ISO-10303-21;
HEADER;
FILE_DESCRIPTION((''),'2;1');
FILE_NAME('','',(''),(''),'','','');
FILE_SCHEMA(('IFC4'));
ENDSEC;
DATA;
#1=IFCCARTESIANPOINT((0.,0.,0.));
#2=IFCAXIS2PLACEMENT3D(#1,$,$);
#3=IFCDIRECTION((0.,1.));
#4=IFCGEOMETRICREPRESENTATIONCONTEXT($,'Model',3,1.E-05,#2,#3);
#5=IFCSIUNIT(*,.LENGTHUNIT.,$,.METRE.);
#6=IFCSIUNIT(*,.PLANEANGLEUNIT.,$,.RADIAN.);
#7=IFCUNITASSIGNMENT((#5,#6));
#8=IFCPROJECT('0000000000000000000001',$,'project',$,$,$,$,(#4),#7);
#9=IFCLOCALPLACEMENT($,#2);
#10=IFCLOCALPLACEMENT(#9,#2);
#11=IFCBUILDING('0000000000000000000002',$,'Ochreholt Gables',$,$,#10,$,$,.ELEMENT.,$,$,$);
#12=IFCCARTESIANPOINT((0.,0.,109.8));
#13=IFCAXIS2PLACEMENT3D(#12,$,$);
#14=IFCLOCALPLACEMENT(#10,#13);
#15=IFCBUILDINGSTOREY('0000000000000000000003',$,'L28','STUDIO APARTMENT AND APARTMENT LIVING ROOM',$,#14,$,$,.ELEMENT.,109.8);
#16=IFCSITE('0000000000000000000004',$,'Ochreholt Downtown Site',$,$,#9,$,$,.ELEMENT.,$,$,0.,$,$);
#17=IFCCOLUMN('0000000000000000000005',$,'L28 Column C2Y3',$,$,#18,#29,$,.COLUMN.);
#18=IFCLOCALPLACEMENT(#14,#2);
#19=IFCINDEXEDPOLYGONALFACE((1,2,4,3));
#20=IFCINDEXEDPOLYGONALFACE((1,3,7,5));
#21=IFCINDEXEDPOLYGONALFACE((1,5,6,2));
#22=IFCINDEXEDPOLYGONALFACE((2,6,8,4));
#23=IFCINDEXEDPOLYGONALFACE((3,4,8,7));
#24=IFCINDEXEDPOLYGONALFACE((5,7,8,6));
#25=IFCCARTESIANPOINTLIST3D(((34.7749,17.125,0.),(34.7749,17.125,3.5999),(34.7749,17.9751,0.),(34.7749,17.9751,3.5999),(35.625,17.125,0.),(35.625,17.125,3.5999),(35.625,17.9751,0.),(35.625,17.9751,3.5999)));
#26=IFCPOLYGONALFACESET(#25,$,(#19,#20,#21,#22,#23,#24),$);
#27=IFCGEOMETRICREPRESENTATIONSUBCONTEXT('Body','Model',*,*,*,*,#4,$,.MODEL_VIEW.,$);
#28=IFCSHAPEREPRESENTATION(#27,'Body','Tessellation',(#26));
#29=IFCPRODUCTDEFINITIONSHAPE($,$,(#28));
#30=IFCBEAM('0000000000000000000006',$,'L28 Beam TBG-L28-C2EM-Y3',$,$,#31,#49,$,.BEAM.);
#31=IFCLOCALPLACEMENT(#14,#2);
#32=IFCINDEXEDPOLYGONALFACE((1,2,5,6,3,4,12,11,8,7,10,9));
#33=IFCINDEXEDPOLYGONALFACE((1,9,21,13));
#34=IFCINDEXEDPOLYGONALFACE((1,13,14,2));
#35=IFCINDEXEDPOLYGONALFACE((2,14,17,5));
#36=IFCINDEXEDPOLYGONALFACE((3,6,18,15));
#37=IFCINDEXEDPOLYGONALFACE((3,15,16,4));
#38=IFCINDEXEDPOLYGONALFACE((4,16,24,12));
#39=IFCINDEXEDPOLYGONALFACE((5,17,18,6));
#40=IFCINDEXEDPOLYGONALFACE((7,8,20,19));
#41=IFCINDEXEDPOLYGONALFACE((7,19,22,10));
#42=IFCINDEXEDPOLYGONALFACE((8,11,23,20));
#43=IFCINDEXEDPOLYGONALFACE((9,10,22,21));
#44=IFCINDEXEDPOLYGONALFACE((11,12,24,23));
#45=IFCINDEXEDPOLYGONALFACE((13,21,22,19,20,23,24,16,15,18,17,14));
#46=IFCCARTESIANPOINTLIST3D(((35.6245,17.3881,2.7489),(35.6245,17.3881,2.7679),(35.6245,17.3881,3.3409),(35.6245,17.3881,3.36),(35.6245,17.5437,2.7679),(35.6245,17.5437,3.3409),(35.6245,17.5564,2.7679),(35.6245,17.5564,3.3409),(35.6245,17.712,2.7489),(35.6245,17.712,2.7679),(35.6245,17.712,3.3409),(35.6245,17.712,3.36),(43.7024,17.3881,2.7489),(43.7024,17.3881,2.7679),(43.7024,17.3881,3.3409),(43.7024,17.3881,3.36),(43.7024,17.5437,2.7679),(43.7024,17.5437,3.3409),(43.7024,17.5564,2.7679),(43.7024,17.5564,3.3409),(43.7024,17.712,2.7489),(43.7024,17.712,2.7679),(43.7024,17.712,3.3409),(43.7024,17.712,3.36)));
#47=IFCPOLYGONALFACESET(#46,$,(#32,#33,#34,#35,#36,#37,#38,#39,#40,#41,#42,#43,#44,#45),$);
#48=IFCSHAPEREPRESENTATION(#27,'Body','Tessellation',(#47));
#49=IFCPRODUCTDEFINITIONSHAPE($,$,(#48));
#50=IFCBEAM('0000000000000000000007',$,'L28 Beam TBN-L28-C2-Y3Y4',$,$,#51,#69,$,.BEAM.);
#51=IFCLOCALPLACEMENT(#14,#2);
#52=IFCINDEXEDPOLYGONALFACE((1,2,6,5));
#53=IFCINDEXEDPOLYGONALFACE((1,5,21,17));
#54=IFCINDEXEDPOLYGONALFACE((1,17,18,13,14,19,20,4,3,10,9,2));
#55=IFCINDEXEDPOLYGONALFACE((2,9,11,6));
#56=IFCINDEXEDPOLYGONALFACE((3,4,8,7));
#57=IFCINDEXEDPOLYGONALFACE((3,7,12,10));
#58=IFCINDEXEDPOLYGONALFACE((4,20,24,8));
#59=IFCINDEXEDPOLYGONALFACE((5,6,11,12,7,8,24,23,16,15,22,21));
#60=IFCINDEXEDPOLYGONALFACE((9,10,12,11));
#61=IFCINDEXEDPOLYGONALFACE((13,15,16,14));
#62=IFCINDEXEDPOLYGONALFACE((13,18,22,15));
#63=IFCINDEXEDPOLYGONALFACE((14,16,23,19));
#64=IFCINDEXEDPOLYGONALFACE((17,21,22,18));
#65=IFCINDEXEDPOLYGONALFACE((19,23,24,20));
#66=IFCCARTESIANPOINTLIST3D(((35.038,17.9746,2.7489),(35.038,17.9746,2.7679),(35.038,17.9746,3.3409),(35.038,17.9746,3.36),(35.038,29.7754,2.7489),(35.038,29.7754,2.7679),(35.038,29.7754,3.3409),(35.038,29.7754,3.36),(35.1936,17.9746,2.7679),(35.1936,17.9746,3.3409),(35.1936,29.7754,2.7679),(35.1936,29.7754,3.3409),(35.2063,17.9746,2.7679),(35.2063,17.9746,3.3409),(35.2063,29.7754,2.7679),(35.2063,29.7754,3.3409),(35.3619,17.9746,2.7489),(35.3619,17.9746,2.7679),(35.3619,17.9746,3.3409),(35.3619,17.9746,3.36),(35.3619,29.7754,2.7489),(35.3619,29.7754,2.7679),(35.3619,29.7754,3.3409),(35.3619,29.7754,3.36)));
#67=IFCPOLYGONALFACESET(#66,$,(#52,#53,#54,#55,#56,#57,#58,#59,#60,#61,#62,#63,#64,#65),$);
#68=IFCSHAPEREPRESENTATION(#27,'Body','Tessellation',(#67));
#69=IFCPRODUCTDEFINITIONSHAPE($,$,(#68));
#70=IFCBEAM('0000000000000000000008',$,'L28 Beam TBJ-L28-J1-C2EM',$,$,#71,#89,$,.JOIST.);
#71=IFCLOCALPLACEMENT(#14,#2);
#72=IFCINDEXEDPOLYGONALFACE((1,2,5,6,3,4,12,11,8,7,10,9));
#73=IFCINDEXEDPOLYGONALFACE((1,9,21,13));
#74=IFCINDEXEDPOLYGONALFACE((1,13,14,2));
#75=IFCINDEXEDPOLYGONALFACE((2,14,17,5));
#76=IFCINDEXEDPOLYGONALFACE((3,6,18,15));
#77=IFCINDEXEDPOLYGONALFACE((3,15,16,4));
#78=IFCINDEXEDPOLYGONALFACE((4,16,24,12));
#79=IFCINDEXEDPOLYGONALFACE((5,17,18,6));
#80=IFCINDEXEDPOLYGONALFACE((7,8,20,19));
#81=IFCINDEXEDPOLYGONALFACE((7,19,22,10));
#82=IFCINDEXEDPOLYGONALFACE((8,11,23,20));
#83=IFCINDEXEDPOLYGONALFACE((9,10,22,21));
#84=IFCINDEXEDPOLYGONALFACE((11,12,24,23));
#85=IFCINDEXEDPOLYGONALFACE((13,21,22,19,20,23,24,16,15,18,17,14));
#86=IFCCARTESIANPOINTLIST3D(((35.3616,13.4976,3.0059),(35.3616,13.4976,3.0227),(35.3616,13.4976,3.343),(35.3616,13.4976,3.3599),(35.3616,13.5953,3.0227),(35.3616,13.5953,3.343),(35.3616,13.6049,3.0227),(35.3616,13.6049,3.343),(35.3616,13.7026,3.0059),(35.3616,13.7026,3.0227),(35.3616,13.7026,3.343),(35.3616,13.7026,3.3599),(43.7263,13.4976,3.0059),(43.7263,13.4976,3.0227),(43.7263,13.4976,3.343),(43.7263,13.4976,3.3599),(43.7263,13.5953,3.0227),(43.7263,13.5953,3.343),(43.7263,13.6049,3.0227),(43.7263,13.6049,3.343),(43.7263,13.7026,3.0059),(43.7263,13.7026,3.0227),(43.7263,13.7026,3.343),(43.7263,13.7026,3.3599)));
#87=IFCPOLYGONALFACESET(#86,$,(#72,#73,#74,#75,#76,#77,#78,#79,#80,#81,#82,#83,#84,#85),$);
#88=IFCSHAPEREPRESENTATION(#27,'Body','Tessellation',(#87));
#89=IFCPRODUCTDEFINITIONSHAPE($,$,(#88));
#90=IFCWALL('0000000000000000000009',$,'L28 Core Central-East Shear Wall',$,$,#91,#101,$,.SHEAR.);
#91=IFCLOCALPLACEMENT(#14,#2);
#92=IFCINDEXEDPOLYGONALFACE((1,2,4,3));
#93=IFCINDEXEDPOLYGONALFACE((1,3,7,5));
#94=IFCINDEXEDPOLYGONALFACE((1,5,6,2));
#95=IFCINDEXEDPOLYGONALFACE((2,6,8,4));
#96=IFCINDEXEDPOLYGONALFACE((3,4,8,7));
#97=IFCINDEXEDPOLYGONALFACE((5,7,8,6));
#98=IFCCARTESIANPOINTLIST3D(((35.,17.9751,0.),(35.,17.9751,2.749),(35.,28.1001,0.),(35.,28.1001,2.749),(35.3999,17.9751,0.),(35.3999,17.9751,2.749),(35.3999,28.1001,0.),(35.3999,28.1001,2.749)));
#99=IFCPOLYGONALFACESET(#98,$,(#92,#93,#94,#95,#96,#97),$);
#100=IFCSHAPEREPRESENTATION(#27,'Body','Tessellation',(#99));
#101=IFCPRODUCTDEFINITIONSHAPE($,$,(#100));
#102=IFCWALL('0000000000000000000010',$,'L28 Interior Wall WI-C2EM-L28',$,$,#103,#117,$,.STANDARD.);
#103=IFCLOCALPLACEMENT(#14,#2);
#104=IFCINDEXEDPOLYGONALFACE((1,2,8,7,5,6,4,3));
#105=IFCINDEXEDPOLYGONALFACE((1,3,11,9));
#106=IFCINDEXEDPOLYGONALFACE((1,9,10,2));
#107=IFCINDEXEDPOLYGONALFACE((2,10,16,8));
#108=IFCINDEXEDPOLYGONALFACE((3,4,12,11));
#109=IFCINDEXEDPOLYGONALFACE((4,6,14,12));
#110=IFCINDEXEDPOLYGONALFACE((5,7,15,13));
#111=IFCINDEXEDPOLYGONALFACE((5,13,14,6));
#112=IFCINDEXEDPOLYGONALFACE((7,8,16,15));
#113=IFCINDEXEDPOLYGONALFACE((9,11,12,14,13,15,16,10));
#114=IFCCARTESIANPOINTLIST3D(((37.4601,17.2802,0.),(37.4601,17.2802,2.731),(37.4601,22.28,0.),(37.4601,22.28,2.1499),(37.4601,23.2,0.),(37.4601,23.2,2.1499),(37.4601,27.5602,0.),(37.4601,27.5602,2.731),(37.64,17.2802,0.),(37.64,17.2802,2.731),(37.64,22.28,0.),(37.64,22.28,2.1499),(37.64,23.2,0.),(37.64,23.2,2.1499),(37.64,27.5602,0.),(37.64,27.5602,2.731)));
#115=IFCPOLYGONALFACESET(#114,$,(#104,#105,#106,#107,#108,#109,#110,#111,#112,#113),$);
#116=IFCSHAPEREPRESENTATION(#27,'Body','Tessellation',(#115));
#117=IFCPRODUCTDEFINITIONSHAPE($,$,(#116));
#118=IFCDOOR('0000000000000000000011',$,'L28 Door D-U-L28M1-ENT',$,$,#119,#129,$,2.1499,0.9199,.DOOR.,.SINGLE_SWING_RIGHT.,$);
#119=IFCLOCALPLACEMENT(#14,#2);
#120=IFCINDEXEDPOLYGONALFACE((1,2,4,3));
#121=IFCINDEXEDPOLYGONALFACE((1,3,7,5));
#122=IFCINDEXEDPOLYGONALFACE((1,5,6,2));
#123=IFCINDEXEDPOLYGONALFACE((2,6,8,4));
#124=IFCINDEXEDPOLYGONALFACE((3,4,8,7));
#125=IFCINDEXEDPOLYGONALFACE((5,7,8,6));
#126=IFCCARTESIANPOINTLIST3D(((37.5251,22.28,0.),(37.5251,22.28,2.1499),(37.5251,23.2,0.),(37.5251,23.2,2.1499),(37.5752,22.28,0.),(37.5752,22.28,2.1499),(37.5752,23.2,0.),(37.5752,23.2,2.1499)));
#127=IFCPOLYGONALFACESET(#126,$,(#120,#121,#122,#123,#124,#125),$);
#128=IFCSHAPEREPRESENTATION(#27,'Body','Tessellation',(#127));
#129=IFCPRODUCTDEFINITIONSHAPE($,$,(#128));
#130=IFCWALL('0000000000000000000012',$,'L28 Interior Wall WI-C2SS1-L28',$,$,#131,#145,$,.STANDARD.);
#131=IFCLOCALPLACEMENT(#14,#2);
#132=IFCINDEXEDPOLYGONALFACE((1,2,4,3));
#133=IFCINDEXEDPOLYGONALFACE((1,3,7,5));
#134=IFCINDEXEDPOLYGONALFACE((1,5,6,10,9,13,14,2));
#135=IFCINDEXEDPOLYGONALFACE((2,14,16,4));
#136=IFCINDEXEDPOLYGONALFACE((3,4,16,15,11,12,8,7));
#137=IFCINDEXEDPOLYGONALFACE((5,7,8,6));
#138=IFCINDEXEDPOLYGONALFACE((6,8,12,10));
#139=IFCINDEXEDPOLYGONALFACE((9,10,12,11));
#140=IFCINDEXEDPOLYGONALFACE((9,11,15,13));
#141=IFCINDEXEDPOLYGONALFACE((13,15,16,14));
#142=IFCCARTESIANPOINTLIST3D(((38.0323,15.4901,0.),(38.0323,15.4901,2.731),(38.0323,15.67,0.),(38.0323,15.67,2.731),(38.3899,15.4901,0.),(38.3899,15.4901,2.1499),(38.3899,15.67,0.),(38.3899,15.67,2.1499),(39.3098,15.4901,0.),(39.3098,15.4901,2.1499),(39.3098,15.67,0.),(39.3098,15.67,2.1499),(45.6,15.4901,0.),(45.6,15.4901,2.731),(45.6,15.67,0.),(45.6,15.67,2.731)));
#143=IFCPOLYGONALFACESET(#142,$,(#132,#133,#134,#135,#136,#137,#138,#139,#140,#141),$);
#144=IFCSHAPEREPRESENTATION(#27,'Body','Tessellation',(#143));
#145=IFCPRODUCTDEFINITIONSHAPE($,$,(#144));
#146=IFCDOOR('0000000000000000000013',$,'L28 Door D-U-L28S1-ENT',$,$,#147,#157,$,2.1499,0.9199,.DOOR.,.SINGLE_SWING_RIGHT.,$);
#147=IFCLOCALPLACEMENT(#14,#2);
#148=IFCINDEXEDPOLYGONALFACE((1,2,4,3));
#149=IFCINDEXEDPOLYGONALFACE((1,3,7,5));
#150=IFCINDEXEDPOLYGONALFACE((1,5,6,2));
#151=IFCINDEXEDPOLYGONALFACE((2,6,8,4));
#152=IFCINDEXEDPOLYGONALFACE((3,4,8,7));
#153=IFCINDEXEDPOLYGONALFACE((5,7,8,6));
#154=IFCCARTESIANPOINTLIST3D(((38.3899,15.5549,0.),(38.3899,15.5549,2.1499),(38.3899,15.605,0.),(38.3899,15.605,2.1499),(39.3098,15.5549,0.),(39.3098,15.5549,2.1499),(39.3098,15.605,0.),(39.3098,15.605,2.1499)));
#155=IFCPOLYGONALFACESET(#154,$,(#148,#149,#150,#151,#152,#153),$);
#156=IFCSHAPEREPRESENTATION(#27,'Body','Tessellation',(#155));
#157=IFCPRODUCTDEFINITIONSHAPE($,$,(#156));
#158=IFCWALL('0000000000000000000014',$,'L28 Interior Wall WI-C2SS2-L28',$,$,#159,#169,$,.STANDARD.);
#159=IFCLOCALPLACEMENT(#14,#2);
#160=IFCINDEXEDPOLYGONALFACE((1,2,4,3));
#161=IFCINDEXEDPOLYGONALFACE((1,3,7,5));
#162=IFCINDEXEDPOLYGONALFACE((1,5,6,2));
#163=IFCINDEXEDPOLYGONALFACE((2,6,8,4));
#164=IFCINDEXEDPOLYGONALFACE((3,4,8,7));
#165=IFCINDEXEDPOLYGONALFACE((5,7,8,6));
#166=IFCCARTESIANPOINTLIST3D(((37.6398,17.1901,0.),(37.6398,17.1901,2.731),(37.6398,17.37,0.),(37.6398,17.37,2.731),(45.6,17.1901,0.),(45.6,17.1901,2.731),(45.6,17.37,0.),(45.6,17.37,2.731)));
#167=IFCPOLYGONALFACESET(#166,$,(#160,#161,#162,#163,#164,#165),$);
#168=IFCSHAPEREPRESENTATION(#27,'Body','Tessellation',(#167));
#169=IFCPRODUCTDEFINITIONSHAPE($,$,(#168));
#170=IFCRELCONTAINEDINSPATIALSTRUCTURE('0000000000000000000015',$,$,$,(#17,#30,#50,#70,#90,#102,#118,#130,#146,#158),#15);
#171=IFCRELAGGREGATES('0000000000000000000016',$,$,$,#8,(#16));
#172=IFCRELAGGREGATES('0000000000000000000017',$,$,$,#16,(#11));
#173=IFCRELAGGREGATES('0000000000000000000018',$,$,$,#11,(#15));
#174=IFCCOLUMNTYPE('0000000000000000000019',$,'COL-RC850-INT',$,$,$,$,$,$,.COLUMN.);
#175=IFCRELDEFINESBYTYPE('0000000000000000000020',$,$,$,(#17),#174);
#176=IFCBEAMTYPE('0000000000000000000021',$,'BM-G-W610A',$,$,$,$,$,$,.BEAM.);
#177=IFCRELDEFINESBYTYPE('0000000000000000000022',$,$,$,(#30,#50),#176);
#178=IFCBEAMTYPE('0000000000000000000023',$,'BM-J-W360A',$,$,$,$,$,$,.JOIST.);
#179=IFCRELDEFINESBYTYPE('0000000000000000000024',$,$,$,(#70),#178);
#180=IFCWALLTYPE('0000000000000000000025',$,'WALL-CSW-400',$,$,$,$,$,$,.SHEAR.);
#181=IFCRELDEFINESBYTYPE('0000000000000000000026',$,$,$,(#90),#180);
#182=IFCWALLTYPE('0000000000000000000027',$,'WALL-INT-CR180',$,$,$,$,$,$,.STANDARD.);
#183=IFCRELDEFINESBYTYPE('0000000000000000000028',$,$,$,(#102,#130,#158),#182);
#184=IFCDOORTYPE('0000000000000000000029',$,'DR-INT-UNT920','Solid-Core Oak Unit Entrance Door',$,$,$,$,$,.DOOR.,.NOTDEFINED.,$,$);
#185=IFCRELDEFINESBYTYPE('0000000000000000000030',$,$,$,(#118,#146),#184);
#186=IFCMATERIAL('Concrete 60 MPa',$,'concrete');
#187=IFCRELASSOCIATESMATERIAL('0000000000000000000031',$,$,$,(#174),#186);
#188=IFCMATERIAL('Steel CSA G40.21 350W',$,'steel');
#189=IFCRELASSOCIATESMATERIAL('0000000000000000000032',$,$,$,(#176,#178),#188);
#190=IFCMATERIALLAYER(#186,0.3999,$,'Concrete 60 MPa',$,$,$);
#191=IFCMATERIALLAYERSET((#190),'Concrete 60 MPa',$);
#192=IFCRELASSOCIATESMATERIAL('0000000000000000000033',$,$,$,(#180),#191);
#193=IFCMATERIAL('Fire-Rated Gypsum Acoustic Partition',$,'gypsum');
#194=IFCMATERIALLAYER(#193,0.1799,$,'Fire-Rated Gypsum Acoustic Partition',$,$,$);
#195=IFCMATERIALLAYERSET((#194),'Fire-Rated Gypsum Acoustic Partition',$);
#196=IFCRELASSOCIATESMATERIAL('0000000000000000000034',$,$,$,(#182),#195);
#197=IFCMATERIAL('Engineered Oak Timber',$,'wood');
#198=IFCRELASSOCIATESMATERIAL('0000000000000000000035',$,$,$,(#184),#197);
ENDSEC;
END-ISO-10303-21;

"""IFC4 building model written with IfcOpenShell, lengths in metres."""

from ifc_helpers import new_model, si_unit, direction, frame, frame_2d, origin, origin_2d, place, context, subcontext, project, spatial, rectangle, i_section, extrude, material, layer, layer_set, material_profile, profile_set, type_object, element, fill, save


model = new_model("IFC4")

# Units and contexts
model_context = context("Model", 3, precision=1e-05, world=origin(), true_north=direction((0.0, 1.0)))
body_context = subcontext(model_context, "Body", "Model", "MODEL_VIEW")
ifc_project = project(units=[si_unit("LENGTHUNIT", "METRE"), si_unit("PLANEANGLEUNIT", "RADIAN")], contexts=[model_context])

# Site, building, storey
site_placement = place(None, origin())
site = spatial("IfcSite", under=ifc_project, at=site_placement, Name="Ochreholt Downtown Site", CompositionType="ELEMENT", RefElevation=0.0)
building_placement = place(site_placement, origin())
building = spatial("IfcBuilding", under=site, at=building_placement, Name="Ochreholt Gables", CompositionType="ELEMENT")
storey_placement = place(building_placement, frame((0.0, 0.0, 109.8)))
storey = spatial("IfcBuildingStorey", under=building, at=storey_placement, Name="L28", Description="STUDIO APARTMENT AND APARTMENT LIVING ROOM", CompositionType="ELEMENT", Elevation=109.8)

# Column
ifc_material_1 = material(Name="Concrete 60 MPa", Category="concrete")
ifc_material_profile_1 = material_profile(ifc_material_1, rectangle(XDim=0.8501, YDim=0.8501, at=origin_2d()), Name="RC850X850")
ifc_profile_set_1 = profile_set([ifc_material_profile_1], Name="Concrete 60 MPa")
column_type = type_object("IfcColumnType", Name="COL-RC850-INT", PredefinedType="COLUMN", material=ifc_profile_set_1)
column_placement = place(storey_placement, frame((35.2, 17.55, 0.0), z_axis=(0.0, 0.0, 1.0), x_axis=(1.0, 0.0, 0.0)))
element("IfcColumn", 1, at=column_placement, inside=storey, type_object=column_type, Name="L28 Column C2Y3", PredefinedType="COLUMN", context=body_context, shape_type="SweptSolid", body=[
    extrude(rectangle(XDim=0.8501, YDim=0.8501, at=origin_2d()), origin(), (0.0, 0.0, 1.0), 3.5999),
])

# Beams
ifc_material_2 = material(Name="Steel CSA G40.21 350W", Category="steel")
ifc_material_profile_2 = material_profile(ifc_material_2, i_section(OverallWidth=0.324, OverallDepth=0.6111, WebThickness=0.0127, FlangeThickness=0.019, at=origin_2d()), Name="W610X155")
ifc_profile_set_2 = profile_set([ifc_material_profile_2], Name="Steel CSA G40.21 350W")
beam_type_1 = type_object("IfcBeamType", Name="BM-G-W610A", PredefinedType="BEAM", material=ifc_profile_set_2)
beam_1_placement = place(storey_placement, frame((35.6245, 17.55, 3.0544), z_axis=(1.0, 0.0, 0.0), x_axis=(0.0, 1.0, 0.0)))
element("IfcBeam", 2, at=beam_1_placement, inside=storey, type_object=beam_type_1, Name="L28 Beam TBG-L28-C2EM-Y3", PredefinedType="BEAM", context=body_context, shape_type="SweptSolid", body=[
    extrude(i_section(OverallWidth=0.324, OverallDepth=0.6111, WebThickness=0.0127, FlangeThickness=0.019, at=origin_2d()), origin(), (0.0, 0.0, 1.0), 8.0779),
])
beam_2_placement = place(storey_placement, frame((35.2, 17.9746, 3.0544), z_axis=(0.0, 1.0, 0.0), x_axis=(-1.0, 0.0, 0.0)))
element("IfcBeam", 3, at=beam_2_placement, inside=storey, type_object=beam_type_1, Name="L28 Beam TBN-L28-C2-Y3Y4", PredefinedType="BEAM", context=body_context, shape_type="SweptSolid", body=[
    extrude(i_section(OverallWidth=0.324, OverallDepth=0.6111, WebThickness=0.0127, FlangeThickness=0.019, at=origin_2d()), origin(), (0.0, 0.0, 1.0), 11.8008),
])
ifc_material_profile_3 = material_profile(ifc_material_2, i_section(OverallWidth=0.2051, OverallDepth=0.354, WebThickness=0.0095, FlangeThickness=0.0168, at=origin_2d()), Name="W360X79")
ifc_profile_set_3 = profile_set([ifc_material_profile_3], Name="Steel CSA G40.21 350W")
beam_type_2 = type_object("IfcBeamType", Name="BM-J-W360A", PredefinedType="JOIST", material=ifc_profile_set_3)
beam_3_placement = place(storey_placement, frame((35.3616, 13.6001, 3.1829), z_axis=(1.0, 0.0, 0.0), x_axis=(0.0, 1.0, 0.0)))
element("IfcBeam", 4, at=beam_3_placement, inside=storey, type_object=beam_type_2, Name="L28 Beam TBJ-L28-J1-C2EM", PredefinedType="JOIST", context=body_context, shape_type="SweptSolid", body=[
    extrude(i_section(OverallWidth=0.2051, OverallDepth=0.354, WebThickness=0.0095, FlangeThickness=0.0168, at=origin_2d()), origin(), (0.0, 0.0, 1.0), 8.3647),
])

# Wall
ifc_layer_1 = layer(ifc_material_1, 0.3999, Name="Concrete 60 MPa")
ifc_layer_set_1 = layer_set([ifc_layer_1], Name="Concrete 60 MPa")
wall_type_1 = type_object("IfcWallType", Name="WALL-CSW-400", PredefinedType="SHEAR", material=ifc_layer_set_1)
wall_1_placement = place(storey_placement, frame((35.2, 17.9751, 0.0), z_axis=(0.0, 0.0, 1.0), x_axis=(0.0, 1.0, 0.0)))
element("IfcWall", 5, at=wall_1_placement, inside=storey, type_object=wall_type_1, Name="L28 Core Central-East Shear Wall", PredefinedType="SHEAR", context=body_context, shape_type="SweptSolid", body=[
    extrude(rectangle(XDim=10.125, YDim=0.3999, at=frame_2d((5.0625, 0.0))), origin(), (0.0, 0.0, 1.0), 2.749),
])

# Walls, openings, doors
ifc_material_3 = material(Name="Fire-Rated Gypsum Acoustic Partition", Category="gypsum")
ifc_layer_2 = layer(ifc_material_3, 0.1799, Name="Fire-Rated Gypsum Acoustic Partition")
ifc_layer_set_2 = layer_set([ifc_layer_2], Name="Fire-Rated Gypsum Acoustic Partition")
wall_type_2 = type_object("IfcWallType", Name="WALL-INT-CR180", PredefinedType="STANDARD", material=ifc_layer_set_2)
wall_2_placement = place(storey_placement, frame((37.55, 17.28, 0.0), z_axis=(0.0, 0.0, 1.0), x_axis=(0.0, 1.0, 0.0)))
wall_2 = element("IfcWall", 6, at=wall_2_placement, inside=storey, type_object=wall_type_2, Name="L28 Interior Wall WI-C2EM-L28", PredefinedType="STANDARD", context=body_context, shape_type="SweptSolid", body=[
    extrude(rectangle(XDim=10.28, YDim=0.1799, at=frame_2d((5.1401, 0.0))), origin(), (0.0, 0.0, 1.0), 2.731),
])
opening_1_placement = place(wall_2_placement, frame((5.0, 0.0, 0.0)))
opening_1 = element("IfcOpeningElement", 7, at=opening_1_placement, cuts=wall_2, PredefinedType="OPENING", context=body_context, shape_type="SweptSolid", body=[
    extrude(rectangle(XDim=0.9199, YDim=2.1499, at=frame_2d((0.46, 1.075))), frame((0.0, 0.0999, 0.0), z_axis=(0.0, -1.0, 0.0), x_axis=(1.0, 0.0, 0.0)), (0.0, 0.0, 1.0), 0.2),
])
ifc_material_4 = material(Name="Engineered Oak Timber", Category="wood")
door_type_1 = type_object("IfcDoorType", Name="DR-INT-UNT920", Description="Solid-Core Oak Unit Entrance Door", OperationType="NOTDEFINED", PredefinedType="DOOR", material=ifc_material_4)
door_1_placement = place(opening_1_placement, origin())
door_1 = element("IfcDoor", 8, at=door_1_placement, inside=storey, type_object=door_type_1, Name="L28 Door D-U-L28M1-ENT", OperationType="SINGLE_SWING_RIGHT", OverallHeight=2.1499, OverallWidth=0.9199, PredefinedType="DOOR", context=body_context, shape_type="SweptSolid", body=[
    extrude(rectangle(XDim=0.9199, YDim=2.1499, at=frame_2d((0.46, 1.075))), frame((0.0, 0.0249, 0.0), z_axis=(0.0, -1.0, 0.0), x_axis=(1.0, 0.0, 0.0)), (0.0, 0.0, 1.0), 0.05),
])
fill(opening_1, door_1)
wall_3_placement = place(storey_placement, frame((38.0325, 15.5801, 0.0), z_axis=(0.0, 0.0, 1.0), x_axis=(1.0, 0.0, 0.0)))
wall_3 = element("IfcWall", 9, at=wall_3_placement, inside=storey, type_object=wall_type_2, Name="L28 Interior Wall WI-C2SS1-L28", PredefinedType="STANDARD", context=body_context, shape_type="SweptSolid", body=[
    extrude(rectangle(XDim=7.5676, YDim=0.1799, at=frame_2d((3.7837, 0.0))), origin(), (0.0, 0.0, 1.0), 2.731),
])
opening_2_placement = place(wall_3_placement, frame((0.3574, 0.0, 0.0)))
opening_2 = element("IfcOpeningElement", 10, at=opening_2_placement, cuts=wall_3, PredefinedType="OPENING", context=body_context, shape_type="SweptSolid", body=[
    extrude(rectangle(XDim=0.9199, YDim=2.1499, at=frame_2d((0.46, 1.075))), frame((0.0, 0.0999, 0.0), z_axis=(0.0, -1.0, 0.0), x_axis=(1.0, 0.0, 0.0)), (0.0, 0.0, 1.0), 0.2),
])
door_2_placement = place(opening_2_placement, origin())
door_2 = element("IfcDoor", 11, at=door_2_placement, inside=storey, type_object=door_type_1, Name="L28 Door D-U-L28S1-ENT", OperationType="SINGLE_SWING_RIGHT", OverallHeight=2.1499, OverallWidth=0.9199, PredefinedType="DOOR", context=body_context, shape_type="SweptSolid", body=[
    extrude(rectangle(XDim=0.9199, YDim=2.1499, at=frame_2d((0.46, 1.075))), frame((0.0, 0.0249, 0.0), z_axis=(0.0, -1.0, 0.0), x_axis=(1.0, 0.0, 0.0)), (0.0, 0.0, 1.0), 0.05),
])
fill(opening_2, door_2)

# Wall
wall_4_placement = place(storey_placement, frame((37.6399, 17.28, 0.0), z_axis=(0.0, 0.0, 1.0), x_axis=(1.0, 0.0, 0.0)))
element("IfcWall", 12, at=wall_4_placement, inside=storey, type_object=wall_type_2, Name="L28 Interior Wall WI-C2SS2-L28", PredefinedType="STANDARD", context=body_context, shape_type="SweptSolid", body=[
    extrude(rectangle(XDim=7.9602, YDim=0.1799, at=frame_2d((3.98, 0.0))), origin(), (0.0, 0.0, 1.0), 2.731),
])

save(model, "model.ifc")
